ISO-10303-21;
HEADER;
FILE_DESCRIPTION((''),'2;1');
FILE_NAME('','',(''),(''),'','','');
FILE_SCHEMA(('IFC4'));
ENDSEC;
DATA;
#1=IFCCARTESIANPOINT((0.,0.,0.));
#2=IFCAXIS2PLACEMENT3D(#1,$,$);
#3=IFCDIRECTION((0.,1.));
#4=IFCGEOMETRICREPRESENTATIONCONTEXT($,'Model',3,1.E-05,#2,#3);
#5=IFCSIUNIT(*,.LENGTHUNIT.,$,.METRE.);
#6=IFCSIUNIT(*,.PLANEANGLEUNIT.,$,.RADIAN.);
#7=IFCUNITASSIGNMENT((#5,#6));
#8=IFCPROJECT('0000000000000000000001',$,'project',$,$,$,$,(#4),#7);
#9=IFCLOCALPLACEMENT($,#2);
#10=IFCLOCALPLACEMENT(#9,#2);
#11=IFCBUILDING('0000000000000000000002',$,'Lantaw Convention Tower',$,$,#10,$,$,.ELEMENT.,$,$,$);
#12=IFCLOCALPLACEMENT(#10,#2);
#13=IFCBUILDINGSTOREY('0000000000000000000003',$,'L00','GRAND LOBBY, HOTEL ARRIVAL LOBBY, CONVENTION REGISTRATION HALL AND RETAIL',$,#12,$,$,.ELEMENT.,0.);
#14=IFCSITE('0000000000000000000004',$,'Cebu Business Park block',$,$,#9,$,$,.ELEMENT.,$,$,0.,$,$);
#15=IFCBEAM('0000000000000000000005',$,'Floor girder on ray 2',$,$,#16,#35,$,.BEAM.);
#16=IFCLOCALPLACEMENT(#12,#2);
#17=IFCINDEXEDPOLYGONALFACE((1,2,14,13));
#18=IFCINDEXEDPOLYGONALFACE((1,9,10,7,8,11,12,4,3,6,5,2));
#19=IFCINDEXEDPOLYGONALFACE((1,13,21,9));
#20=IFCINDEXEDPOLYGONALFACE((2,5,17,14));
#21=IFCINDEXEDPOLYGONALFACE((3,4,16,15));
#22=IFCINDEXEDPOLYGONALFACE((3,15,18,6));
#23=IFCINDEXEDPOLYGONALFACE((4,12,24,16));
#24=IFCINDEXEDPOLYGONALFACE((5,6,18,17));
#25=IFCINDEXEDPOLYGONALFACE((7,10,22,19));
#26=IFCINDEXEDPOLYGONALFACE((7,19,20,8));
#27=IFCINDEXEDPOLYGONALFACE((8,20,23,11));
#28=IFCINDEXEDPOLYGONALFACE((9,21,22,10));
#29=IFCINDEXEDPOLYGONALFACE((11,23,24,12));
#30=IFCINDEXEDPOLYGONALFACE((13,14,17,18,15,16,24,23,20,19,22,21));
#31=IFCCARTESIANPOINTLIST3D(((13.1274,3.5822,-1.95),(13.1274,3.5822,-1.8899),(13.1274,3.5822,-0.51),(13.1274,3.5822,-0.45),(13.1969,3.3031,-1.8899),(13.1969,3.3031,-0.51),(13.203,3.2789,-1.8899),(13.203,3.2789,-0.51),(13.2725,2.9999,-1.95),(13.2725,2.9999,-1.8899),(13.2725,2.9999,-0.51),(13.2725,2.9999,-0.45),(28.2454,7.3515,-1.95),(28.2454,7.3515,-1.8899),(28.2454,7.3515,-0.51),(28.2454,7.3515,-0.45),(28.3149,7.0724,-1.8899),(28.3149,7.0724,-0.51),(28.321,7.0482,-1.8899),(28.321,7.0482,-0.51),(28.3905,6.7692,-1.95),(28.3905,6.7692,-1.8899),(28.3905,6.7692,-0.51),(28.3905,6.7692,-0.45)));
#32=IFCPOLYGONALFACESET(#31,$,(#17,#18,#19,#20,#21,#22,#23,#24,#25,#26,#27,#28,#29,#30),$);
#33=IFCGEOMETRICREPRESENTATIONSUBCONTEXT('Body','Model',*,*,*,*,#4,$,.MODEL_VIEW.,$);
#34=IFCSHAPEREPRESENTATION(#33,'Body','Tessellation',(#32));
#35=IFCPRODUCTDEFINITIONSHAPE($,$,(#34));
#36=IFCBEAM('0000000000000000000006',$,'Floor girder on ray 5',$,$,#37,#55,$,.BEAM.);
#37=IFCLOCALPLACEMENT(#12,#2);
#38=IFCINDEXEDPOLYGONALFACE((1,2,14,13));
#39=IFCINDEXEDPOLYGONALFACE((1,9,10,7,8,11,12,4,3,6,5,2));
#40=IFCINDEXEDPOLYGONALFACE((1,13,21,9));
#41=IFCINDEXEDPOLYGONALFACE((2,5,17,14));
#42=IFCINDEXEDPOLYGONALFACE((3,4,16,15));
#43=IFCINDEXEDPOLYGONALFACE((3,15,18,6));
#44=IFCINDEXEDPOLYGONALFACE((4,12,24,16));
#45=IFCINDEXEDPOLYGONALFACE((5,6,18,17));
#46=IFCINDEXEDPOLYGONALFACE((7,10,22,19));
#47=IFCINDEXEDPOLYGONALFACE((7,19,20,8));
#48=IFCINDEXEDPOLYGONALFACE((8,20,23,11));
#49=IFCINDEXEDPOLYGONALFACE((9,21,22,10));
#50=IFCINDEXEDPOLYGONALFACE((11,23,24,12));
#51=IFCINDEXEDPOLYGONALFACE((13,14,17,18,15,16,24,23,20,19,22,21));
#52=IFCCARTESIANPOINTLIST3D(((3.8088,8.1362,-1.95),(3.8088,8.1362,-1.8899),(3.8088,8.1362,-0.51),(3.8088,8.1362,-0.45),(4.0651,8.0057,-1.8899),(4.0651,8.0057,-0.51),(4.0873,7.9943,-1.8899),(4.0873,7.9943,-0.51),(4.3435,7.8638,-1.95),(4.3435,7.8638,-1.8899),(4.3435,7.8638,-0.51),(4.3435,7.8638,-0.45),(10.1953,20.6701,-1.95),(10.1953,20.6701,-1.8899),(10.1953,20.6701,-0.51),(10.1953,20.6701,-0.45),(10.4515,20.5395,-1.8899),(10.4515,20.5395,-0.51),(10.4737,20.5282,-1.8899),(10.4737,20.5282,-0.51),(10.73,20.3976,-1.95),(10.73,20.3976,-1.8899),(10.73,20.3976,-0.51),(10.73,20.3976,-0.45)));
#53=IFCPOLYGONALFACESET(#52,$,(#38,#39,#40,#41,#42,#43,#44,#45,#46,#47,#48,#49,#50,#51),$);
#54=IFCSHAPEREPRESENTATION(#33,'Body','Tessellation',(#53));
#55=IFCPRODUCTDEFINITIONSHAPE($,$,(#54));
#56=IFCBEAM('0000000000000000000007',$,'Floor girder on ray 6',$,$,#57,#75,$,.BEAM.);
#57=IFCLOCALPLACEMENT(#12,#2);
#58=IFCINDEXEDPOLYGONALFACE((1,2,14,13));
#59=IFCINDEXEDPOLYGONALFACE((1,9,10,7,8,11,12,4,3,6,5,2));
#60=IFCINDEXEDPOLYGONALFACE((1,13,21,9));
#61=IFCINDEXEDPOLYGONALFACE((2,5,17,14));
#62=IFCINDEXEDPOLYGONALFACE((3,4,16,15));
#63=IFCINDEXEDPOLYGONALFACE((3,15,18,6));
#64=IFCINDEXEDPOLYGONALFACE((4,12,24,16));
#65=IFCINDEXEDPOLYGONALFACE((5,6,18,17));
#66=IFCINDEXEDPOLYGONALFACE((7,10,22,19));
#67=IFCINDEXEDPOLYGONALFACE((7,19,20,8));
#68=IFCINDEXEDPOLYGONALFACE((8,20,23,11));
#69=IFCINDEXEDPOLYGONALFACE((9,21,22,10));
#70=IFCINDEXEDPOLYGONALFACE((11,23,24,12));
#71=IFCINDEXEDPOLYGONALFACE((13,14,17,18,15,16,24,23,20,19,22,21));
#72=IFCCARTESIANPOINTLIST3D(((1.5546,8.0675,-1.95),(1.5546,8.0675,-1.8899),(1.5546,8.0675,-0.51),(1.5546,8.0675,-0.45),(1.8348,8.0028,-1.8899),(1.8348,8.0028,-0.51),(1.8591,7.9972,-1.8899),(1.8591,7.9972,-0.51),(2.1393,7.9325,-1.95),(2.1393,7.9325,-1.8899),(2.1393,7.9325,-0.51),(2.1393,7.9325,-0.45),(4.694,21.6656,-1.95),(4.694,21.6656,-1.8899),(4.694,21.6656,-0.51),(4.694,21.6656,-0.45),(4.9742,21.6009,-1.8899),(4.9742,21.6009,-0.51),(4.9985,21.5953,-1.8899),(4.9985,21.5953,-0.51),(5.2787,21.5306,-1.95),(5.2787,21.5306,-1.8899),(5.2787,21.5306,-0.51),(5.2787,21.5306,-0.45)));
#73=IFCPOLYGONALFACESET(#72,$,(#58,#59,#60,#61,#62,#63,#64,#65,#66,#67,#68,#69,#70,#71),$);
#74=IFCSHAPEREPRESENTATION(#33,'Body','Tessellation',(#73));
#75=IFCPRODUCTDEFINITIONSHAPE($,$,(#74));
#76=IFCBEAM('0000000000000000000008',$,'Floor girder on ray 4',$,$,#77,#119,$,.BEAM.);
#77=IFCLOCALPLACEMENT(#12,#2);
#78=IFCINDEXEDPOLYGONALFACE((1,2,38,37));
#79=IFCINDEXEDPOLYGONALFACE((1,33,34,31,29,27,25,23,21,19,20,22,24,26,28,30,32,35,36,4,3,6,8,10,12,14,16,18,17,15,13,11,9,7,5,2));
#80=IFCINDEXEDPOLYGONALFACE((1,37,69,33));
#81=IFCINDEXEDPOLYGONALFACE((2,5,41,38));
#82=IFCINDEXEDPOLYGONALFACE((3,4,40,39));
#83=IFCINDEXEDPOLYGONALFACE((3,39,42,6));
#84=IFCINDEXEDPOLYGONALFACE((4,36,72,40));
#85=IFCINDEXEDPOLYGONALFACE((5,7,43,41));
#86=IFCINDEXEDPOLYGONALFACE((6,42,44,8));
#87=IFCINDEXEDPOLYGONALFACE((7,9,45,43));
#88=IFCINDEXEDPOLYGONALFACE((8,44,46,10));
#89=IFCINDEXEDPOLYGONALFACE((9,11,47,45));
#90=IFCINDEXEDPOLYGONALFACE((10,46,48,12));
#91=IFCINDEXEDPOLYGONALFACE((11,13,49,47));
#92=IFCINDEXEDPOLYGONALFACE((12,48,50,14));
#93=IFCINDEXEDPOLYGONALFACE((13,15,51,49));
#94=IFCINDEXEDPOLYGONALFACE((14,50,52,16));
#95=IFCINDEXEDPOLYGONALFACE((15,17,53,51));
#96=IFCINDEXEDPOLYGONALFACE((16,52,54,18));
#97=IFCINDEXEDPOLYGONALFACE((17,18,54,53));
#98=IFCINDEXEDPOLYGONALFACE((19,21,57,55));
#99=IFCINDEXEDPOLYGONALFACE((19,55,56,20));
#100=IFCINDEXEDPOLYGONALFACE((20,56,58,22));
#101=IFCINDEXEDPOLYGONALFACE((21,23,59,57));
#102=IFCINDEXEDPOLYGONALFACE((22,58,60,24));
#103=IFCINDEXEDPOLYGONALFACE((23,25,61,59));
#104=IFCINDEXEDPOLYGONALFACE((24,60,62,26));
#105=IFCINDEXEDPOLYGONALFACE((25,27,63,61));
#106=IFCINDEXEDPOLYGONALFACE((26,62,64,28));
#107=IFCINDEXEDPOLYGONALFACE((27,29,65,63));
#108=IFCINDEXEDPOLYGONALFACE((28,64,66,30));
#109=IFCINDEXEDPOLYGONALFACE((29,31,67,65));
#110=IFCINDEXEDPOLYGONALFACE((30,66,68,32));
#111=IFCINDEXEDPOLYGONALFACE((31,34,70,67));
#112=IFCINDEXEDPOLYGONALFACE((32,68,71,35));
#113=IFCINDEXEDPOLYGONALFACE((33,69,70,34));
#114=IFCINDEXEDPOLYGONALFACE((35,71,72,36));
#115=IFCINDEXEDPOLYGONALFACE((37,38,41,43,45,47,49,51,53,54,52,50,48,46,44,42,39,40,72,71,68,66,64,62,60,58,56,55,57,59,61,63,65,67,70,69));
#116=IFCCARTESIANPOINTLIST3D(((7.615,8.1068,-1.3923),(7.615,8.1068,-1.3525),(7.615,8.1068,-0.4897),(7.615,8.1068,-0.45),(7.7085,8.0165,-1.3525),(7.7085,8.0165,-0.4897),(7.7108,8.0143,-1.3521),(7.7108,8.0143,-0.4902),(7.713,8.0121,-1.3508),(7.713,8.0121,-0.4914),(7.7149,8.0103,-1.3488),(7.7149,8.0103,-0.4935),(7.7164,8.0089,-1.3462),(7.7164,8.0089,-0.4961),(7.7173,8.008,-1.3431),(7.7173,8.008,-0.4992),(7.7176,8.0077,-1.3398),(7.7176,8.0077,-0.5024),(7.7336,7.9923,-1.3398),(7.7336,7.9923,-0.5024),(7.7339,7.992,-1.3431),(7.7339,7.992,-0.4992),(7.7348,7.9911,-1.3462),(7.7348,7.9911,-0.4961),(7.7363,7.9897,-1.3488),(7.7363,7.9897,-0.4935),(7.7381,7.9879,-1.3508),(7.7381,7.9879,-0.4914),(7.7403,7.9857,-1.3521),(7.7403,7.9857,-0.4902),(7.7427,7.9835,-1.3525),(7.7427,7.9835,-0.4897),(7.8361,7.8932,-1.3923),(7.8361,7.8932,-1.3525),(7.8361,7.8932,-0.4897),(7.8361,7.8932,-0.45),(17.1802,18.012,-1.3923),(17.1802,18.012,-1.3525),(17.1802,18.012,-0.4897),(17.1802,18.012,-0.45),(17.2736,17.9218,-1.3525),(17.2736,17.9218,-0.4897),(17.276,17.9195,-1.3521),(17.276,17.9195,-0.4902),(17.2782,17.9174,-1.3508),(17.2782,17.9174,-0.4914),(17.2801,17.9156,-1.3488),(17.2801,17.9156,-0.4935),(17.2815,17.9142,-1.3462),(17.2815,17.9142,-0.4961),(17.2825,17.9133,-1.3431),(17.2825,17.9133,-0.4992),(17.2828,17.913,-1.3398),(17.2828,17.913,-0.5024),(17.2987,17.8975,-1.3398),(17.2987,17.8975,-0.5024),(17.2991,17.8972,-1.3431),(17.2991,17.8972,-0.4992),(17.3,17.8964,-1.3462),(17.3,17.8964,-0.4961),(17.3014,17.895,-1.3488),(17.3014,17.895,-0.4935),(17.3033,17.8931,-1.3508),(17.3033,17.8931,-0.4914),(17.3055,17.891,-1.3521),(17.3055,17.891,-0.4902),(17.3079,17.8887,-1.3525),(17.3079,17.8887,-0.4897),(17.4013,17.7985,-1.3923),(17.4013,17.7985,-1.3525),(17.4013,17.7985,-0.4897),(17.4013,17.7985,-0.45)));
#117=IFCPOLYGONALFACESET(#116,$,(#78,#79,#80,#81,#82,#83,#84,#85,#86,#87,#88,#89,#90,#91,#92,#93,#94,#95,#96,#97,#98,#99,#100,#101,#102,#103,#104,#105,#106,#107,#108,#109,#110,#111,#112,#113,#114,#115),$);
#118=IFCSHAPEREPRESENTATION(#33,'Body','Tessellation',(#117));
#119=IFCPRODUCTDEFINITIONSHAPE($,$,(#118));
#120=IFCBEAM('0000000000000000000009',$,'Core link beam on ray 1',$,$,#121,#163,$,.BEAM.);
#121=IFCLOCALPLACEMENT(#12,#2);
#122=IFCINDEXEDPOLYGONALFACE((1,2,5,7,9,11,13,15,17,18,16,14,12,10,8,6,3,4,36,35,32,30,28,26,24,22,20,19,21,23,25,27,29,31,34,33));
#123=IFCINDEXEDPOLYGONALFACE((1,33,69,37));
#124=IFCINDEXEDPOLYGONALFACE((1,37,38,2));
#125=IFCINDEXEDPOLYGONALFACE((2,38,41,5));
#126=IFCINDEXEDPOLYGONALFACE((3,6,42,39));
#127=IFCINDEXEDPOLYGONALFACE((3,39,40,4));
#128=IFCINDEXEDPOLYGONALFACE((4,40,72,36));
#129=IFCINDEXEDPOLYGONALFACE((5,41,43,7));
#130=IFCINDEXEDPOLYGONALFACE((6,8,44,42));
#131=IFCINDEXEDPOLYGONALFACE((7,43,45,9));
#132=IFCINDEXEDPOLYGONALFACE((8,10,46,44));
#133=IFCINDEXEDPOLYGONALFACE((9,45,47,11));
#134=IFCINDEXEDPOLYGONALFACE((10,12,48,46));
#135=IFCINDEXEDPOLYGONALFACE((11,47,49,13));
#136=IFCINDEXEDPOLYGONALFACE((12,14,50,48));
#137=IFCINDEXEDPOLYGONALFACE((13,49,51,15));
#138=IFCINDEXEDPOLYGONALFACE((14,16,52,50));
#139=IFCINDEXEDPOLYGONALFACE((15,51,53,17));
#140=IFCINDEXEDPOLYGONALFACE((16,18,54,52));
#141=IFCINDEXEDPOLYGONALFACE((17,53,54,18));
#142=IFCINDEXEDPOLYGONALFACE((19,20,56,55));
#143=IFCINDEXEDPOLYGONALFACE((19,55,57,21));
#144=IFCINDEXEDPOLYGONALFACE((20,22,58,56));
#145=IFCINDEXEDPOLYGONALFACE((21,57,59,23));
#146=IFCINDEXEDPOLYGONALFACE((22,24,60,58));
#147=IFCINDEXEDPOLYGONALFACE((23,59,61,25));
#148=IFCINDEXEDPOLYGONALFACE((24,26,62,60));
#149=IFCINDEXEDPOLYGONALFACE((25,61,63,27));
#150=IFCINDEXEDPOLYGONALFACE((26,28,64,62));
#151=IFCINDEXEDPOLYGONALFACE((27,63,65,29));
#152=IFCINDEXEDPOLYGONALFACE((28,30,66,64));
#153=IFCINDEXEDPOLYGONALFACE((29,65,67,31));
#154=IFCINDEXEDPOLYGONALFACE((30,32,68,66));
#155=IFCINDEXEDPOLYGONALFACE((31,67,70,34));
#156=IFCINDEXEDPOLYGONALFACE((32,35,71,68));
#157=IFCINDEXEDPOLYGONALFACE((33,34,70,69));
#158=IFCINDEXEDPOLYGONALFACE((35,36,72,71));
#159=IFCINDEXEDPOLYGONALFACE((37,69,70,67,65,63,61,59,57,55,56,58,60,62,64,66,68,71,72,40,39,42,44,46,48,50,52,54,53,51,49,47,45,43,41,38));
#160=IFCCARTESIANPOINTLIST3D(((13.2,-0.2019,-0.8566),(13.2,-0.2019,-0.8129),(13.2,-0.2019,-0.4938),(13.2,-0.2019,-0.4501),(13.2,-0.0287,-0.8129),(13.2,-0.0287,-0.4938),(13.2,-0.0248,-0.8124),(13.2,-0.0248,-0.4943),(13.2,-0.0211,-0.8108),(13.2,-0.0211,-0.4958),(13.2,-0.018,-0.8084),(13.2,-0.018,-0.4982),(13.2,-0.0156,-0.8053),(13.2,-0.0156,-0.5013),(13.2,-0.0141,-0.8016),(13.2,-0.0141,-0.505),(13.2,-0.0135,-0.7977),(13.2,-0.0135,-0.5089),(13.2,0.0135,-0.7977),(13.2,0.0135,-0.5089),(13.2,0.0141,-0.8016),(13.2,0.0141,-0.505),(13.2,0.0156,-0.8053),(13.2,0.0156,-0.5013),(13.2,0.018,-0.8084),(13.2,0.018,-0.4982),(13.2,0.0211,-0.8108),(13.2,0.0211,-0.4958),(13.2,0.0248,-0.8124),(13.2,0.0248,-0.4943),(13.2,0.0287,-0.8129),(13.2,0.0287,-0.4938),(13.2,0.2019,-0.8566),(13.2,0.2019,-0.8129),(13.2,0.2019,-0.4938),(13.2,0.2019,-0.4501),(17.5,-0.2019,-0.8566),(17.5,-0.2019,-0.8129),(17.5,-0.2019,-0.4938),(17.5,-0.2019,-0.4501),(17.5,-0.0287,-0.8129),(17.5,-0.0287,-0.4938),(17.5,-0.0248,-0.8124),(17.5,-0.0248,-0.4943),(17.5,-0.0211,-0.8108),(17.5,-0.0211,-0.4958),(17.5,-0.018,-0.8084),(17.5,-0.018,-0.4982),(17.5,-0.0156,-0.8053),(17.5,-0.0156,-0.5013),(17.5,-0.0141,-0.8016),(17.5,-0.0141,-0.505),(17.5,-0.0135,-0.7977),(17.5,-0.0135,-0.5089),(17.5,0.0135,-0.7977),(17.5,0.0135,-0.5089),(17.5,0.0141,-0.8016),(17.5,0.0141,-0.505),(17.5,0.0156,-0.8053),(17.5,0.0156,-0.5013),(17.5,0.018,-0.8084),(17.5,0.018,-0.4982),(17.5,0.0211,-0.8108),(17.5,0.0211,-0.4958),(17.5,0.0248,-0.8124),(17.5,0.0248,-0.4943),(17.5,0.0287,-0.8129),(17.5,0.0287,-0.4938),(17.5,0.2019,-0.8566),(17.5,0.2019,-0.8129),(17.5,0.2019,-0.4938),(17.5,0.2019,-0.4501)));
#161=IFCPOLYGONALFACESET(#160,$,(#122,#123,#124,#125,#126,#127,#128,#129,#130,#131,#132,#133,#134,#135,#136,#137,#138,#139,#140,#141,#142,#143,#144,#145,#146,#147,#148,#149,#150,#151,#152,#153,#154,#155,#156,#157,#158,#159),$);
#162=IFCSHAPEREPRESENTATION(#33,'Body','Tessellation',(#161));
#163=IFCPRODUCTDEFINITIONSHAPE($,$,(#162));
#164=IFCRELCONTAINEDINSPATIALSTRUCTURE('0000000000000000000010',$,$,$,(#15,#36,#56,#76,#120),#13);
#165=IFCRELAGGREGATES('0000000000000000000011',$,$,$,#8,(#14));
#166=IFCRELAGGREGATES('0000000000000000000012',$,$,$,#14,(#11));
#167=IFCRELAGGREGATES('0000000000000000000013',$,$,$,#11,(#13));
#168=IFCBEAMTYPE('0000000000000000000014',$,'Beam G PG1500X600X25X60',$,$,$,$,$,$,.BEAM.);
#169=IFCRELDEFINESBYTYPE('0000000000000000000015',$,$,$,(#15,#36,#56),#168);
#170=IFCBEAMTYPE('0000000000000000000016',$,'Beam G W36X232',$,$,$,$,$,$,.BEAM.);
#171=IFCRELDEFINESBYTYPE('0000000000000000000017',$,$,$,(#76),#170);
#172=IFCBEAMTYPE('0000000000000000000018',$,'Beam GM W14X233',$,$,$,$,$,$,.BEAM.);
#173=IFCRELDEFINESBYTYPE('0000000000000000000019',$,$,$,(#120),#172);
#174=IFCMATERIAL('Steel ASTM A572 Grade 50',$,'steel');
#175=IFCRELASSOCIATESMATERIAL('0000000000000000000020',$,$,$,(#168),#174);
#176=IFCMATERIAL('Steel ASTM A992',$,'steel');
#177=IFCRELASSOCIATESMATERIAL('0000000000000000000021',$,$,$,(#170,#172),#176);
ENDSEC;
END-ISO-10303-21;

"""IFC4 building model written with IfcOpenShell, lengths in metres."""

from ifc_helpers import new_model, si_unit, direction, frame, origin, origin_2d, place, context, subcontext, project, spatial, i_section, extrude, material, material_profile, profile_set, type_object, element, save


model = new_model("IFC4")

# Units and contexts
model_context = context("Model", 3, precision=1e-05, world=origin(), true_north=direction((0.0, 1.0)))
body_context = subcontext(model_context, "Body", "Model", "MODEL_VIEW")
ifc_project = project(units=[si_unit("LENGTHUNIT", "METRE"), si_unit("PLANEANGLEUNIT", "RADIAN")], contexts=[model_context])

# Site, building, storey
site_placement = place(None, origin())
site = spatial("IfcSite", under=ifc_project, at=site_placement, Name="Cebu Business Park block", CompositionType="ELEMENT", RefElevation=0.0)
building_placement = place(site_placement, origin())
building = spatial("IfcBuilding", under=site, at=building_placement, Name="Lantaw Convention Tower", CompositionType="ELEMENT")
storey_placement = place(building_placement, origin())
storey = spatial("IfcBuildingStorey", under=building, at=storey_placement, Name="L00", Description="GRAND LOBBY, HOTEL ARRIVAL LOBBY, CONVENTION REGISTRATION HALL AND RETAIL", CompositionType="ELEMENT", Elevation=0.0)

# Beams
ifc_material_1 = material(Name="Steel ASTM A572 Grade 50", Category="steel")
ifc_material_profile_1 = material_profile(ifc_material_1, i_section(OverallWidth=0.6001, OverallDepth=1.5, WebThickness=0.0249, FlangeThickness=0.0601, at=origin_2d()), Name="PG1500X600X25X60")
ifc_profile_set_1 = profile_set([ifc_material_profile_1], Name="Steel ASTM A572 Grade 50")
beam_type_1 = type_object("IfcBeamType", Name="Beam G PG1500X600X25X60", PredefinedType="BEAM", material=ifc_profile_set_1)
beam_1_placement = place(storey_placement, frame((13.2, 3.291, -1.2), z_axis=(0.970296, 0.24192, 0.0), x_axis=(-0.24192, 0.970296, 0.0)))
element("IfcBeam", 1, at=beam_1_placement, inside=storey, type_object=beam_type_1, Name="Floor girder on ray 2", PredefinedType="BEAM", context=body_context, shape_type="SweptSolid", body=[
    extrude(i_section(OverallWidth=0.6001, OverallDepth=1.5, WebThickness=0.0249, FlangeThickness=0.0601, at=origin_2d()), origin(), (0.0, 0.0, 1.0), 15.5808),
])
beam_2_placement = place(storey_placement, frame((4.0762, 8.0, -1.2), z_axis=(0.453997, 0.891003, 0.0), x_axis=(-0.891003, 0.453997, 0.0)))
element("IfcBeam", 2, at=beam_2_placement, inside=storey, type_object=beam_type_1, Name="Floor girder on ray 5", PredefinedType="BEAM", context=body_context, shape_type="SweptSolid", body=[
    extrude(i_section(OverallWidth=0.6001, OverallDepth=1.5, WebThickness=0.0249, FlangeThickness=0.0601, at=origin_2d()), origin(), (0.0, 0.0, 1.0), 14.0671),
])
beam_3_placement = place(storey_placement, frame((1.8469, 8.0, -1.2), z_axis=(0.224953, 0.97437, 0.0), x_axis=(-0.97437, 0.224953, 0.0)))
element("IfcBeam", 3, at=beam_3_placement, inside=storey, type_object=beam_type_1, Name="Floor girder on ray 6", PredefinedType="BEAM", context=body_context, shape_type="SweptSolid", body=[
    extrude(i_section(OverallWidth=0.6001, OverallDepth=1.5, WebThickness=0.0249, FlangeThickness=0.0601, at=origin_2d()), origin(), (0.0, 0.0, 1.0), 13.9558),
])
ifc_material_2 = material(Name="Steel ASTM A992", Category="steel")
ifc_material_profile_2 = material_profile(ifc_material_2, i_section(OverallWidth=0.3074, OverallDepth=0.9424, WebThickness=0.0222, FlangeThickness=0.0398, FilletRadius=0.0127, at=origin_2d()), Name="W36X232")
ifc_profile_set_2 = profile_set([ifc_material_profile_2], Name="Steel ASTM A992")
beam_type_2 = type_object("IfcBeamType", Name="Beam G W36X232", PredefinedType="BEAM", material=ifc_profile_set_2)
beam_4_placement = place(storey_placement, frame((7.7256, 8.0, -0.9211), z_axis=(0.69465, 0.719348, 0.0), x_axis=(-0.719348, 0.69465, 0.0)))
element("IfcBeam", 4, at=beam_4_placement, inside=storey, type_object=beam_type_2, Name="Floor girder on ray 4", PredefinedType="BEAM", context=body_context, shape_type="SweptSolid", body=[
    extrude(i_section(OverallWidth=0.3074, OverallDepth=0.9424, WebThickness=0.0222, FlangeThickness=0.0398, FilletRadius=0.0127, at=origin_2d()), origin(), (0.0, 0.0, 1.0), 13.7698),
])
ifc_material_profile_3 = material_profile(ifc_material_2, i_section(OverallWidth=0.4038, OverallDepth=0.4065, WebThickness=0.0271, FlangeThickness=0.0437, FilletRadius=0.0151, at=origin_2d()), Name="W14X233")
ifc_profile_set_3 = profile_set([ifc_material_profile_3], Name="Steel ASTM A992")
beam_type_3 = type_object("IfcBeamType", Name="Beam GM W14X233", PredefinedType="BEAM", material=ifc_profile_set_3)
beam_5_placement = place(storey_placement, frame((13.2, 0.0, -0.6533), z_axis=(1.0, 0.0, 0.0), x_axis=(0.0, 1.0, 0.0)))
element("IfcBeam", 5, at=beam_5_placement, inside=storey, type_object=beam_type_3, Name="Core link beam on ray 1", PredefinedType="BEAM", context=body_context, shape_type="SweptSolid", body=[
    extrude(i_section(OverallWidth=0.4038, OverallDepth=0.4065, WebThickness=0.0271, FlangeThickness=0.0437, FilletRadius=0.0151, at=origin_2d()), origin(), (0.0, 0.0, 1.0), 4.3),
])

save(model, "model.ifc")
